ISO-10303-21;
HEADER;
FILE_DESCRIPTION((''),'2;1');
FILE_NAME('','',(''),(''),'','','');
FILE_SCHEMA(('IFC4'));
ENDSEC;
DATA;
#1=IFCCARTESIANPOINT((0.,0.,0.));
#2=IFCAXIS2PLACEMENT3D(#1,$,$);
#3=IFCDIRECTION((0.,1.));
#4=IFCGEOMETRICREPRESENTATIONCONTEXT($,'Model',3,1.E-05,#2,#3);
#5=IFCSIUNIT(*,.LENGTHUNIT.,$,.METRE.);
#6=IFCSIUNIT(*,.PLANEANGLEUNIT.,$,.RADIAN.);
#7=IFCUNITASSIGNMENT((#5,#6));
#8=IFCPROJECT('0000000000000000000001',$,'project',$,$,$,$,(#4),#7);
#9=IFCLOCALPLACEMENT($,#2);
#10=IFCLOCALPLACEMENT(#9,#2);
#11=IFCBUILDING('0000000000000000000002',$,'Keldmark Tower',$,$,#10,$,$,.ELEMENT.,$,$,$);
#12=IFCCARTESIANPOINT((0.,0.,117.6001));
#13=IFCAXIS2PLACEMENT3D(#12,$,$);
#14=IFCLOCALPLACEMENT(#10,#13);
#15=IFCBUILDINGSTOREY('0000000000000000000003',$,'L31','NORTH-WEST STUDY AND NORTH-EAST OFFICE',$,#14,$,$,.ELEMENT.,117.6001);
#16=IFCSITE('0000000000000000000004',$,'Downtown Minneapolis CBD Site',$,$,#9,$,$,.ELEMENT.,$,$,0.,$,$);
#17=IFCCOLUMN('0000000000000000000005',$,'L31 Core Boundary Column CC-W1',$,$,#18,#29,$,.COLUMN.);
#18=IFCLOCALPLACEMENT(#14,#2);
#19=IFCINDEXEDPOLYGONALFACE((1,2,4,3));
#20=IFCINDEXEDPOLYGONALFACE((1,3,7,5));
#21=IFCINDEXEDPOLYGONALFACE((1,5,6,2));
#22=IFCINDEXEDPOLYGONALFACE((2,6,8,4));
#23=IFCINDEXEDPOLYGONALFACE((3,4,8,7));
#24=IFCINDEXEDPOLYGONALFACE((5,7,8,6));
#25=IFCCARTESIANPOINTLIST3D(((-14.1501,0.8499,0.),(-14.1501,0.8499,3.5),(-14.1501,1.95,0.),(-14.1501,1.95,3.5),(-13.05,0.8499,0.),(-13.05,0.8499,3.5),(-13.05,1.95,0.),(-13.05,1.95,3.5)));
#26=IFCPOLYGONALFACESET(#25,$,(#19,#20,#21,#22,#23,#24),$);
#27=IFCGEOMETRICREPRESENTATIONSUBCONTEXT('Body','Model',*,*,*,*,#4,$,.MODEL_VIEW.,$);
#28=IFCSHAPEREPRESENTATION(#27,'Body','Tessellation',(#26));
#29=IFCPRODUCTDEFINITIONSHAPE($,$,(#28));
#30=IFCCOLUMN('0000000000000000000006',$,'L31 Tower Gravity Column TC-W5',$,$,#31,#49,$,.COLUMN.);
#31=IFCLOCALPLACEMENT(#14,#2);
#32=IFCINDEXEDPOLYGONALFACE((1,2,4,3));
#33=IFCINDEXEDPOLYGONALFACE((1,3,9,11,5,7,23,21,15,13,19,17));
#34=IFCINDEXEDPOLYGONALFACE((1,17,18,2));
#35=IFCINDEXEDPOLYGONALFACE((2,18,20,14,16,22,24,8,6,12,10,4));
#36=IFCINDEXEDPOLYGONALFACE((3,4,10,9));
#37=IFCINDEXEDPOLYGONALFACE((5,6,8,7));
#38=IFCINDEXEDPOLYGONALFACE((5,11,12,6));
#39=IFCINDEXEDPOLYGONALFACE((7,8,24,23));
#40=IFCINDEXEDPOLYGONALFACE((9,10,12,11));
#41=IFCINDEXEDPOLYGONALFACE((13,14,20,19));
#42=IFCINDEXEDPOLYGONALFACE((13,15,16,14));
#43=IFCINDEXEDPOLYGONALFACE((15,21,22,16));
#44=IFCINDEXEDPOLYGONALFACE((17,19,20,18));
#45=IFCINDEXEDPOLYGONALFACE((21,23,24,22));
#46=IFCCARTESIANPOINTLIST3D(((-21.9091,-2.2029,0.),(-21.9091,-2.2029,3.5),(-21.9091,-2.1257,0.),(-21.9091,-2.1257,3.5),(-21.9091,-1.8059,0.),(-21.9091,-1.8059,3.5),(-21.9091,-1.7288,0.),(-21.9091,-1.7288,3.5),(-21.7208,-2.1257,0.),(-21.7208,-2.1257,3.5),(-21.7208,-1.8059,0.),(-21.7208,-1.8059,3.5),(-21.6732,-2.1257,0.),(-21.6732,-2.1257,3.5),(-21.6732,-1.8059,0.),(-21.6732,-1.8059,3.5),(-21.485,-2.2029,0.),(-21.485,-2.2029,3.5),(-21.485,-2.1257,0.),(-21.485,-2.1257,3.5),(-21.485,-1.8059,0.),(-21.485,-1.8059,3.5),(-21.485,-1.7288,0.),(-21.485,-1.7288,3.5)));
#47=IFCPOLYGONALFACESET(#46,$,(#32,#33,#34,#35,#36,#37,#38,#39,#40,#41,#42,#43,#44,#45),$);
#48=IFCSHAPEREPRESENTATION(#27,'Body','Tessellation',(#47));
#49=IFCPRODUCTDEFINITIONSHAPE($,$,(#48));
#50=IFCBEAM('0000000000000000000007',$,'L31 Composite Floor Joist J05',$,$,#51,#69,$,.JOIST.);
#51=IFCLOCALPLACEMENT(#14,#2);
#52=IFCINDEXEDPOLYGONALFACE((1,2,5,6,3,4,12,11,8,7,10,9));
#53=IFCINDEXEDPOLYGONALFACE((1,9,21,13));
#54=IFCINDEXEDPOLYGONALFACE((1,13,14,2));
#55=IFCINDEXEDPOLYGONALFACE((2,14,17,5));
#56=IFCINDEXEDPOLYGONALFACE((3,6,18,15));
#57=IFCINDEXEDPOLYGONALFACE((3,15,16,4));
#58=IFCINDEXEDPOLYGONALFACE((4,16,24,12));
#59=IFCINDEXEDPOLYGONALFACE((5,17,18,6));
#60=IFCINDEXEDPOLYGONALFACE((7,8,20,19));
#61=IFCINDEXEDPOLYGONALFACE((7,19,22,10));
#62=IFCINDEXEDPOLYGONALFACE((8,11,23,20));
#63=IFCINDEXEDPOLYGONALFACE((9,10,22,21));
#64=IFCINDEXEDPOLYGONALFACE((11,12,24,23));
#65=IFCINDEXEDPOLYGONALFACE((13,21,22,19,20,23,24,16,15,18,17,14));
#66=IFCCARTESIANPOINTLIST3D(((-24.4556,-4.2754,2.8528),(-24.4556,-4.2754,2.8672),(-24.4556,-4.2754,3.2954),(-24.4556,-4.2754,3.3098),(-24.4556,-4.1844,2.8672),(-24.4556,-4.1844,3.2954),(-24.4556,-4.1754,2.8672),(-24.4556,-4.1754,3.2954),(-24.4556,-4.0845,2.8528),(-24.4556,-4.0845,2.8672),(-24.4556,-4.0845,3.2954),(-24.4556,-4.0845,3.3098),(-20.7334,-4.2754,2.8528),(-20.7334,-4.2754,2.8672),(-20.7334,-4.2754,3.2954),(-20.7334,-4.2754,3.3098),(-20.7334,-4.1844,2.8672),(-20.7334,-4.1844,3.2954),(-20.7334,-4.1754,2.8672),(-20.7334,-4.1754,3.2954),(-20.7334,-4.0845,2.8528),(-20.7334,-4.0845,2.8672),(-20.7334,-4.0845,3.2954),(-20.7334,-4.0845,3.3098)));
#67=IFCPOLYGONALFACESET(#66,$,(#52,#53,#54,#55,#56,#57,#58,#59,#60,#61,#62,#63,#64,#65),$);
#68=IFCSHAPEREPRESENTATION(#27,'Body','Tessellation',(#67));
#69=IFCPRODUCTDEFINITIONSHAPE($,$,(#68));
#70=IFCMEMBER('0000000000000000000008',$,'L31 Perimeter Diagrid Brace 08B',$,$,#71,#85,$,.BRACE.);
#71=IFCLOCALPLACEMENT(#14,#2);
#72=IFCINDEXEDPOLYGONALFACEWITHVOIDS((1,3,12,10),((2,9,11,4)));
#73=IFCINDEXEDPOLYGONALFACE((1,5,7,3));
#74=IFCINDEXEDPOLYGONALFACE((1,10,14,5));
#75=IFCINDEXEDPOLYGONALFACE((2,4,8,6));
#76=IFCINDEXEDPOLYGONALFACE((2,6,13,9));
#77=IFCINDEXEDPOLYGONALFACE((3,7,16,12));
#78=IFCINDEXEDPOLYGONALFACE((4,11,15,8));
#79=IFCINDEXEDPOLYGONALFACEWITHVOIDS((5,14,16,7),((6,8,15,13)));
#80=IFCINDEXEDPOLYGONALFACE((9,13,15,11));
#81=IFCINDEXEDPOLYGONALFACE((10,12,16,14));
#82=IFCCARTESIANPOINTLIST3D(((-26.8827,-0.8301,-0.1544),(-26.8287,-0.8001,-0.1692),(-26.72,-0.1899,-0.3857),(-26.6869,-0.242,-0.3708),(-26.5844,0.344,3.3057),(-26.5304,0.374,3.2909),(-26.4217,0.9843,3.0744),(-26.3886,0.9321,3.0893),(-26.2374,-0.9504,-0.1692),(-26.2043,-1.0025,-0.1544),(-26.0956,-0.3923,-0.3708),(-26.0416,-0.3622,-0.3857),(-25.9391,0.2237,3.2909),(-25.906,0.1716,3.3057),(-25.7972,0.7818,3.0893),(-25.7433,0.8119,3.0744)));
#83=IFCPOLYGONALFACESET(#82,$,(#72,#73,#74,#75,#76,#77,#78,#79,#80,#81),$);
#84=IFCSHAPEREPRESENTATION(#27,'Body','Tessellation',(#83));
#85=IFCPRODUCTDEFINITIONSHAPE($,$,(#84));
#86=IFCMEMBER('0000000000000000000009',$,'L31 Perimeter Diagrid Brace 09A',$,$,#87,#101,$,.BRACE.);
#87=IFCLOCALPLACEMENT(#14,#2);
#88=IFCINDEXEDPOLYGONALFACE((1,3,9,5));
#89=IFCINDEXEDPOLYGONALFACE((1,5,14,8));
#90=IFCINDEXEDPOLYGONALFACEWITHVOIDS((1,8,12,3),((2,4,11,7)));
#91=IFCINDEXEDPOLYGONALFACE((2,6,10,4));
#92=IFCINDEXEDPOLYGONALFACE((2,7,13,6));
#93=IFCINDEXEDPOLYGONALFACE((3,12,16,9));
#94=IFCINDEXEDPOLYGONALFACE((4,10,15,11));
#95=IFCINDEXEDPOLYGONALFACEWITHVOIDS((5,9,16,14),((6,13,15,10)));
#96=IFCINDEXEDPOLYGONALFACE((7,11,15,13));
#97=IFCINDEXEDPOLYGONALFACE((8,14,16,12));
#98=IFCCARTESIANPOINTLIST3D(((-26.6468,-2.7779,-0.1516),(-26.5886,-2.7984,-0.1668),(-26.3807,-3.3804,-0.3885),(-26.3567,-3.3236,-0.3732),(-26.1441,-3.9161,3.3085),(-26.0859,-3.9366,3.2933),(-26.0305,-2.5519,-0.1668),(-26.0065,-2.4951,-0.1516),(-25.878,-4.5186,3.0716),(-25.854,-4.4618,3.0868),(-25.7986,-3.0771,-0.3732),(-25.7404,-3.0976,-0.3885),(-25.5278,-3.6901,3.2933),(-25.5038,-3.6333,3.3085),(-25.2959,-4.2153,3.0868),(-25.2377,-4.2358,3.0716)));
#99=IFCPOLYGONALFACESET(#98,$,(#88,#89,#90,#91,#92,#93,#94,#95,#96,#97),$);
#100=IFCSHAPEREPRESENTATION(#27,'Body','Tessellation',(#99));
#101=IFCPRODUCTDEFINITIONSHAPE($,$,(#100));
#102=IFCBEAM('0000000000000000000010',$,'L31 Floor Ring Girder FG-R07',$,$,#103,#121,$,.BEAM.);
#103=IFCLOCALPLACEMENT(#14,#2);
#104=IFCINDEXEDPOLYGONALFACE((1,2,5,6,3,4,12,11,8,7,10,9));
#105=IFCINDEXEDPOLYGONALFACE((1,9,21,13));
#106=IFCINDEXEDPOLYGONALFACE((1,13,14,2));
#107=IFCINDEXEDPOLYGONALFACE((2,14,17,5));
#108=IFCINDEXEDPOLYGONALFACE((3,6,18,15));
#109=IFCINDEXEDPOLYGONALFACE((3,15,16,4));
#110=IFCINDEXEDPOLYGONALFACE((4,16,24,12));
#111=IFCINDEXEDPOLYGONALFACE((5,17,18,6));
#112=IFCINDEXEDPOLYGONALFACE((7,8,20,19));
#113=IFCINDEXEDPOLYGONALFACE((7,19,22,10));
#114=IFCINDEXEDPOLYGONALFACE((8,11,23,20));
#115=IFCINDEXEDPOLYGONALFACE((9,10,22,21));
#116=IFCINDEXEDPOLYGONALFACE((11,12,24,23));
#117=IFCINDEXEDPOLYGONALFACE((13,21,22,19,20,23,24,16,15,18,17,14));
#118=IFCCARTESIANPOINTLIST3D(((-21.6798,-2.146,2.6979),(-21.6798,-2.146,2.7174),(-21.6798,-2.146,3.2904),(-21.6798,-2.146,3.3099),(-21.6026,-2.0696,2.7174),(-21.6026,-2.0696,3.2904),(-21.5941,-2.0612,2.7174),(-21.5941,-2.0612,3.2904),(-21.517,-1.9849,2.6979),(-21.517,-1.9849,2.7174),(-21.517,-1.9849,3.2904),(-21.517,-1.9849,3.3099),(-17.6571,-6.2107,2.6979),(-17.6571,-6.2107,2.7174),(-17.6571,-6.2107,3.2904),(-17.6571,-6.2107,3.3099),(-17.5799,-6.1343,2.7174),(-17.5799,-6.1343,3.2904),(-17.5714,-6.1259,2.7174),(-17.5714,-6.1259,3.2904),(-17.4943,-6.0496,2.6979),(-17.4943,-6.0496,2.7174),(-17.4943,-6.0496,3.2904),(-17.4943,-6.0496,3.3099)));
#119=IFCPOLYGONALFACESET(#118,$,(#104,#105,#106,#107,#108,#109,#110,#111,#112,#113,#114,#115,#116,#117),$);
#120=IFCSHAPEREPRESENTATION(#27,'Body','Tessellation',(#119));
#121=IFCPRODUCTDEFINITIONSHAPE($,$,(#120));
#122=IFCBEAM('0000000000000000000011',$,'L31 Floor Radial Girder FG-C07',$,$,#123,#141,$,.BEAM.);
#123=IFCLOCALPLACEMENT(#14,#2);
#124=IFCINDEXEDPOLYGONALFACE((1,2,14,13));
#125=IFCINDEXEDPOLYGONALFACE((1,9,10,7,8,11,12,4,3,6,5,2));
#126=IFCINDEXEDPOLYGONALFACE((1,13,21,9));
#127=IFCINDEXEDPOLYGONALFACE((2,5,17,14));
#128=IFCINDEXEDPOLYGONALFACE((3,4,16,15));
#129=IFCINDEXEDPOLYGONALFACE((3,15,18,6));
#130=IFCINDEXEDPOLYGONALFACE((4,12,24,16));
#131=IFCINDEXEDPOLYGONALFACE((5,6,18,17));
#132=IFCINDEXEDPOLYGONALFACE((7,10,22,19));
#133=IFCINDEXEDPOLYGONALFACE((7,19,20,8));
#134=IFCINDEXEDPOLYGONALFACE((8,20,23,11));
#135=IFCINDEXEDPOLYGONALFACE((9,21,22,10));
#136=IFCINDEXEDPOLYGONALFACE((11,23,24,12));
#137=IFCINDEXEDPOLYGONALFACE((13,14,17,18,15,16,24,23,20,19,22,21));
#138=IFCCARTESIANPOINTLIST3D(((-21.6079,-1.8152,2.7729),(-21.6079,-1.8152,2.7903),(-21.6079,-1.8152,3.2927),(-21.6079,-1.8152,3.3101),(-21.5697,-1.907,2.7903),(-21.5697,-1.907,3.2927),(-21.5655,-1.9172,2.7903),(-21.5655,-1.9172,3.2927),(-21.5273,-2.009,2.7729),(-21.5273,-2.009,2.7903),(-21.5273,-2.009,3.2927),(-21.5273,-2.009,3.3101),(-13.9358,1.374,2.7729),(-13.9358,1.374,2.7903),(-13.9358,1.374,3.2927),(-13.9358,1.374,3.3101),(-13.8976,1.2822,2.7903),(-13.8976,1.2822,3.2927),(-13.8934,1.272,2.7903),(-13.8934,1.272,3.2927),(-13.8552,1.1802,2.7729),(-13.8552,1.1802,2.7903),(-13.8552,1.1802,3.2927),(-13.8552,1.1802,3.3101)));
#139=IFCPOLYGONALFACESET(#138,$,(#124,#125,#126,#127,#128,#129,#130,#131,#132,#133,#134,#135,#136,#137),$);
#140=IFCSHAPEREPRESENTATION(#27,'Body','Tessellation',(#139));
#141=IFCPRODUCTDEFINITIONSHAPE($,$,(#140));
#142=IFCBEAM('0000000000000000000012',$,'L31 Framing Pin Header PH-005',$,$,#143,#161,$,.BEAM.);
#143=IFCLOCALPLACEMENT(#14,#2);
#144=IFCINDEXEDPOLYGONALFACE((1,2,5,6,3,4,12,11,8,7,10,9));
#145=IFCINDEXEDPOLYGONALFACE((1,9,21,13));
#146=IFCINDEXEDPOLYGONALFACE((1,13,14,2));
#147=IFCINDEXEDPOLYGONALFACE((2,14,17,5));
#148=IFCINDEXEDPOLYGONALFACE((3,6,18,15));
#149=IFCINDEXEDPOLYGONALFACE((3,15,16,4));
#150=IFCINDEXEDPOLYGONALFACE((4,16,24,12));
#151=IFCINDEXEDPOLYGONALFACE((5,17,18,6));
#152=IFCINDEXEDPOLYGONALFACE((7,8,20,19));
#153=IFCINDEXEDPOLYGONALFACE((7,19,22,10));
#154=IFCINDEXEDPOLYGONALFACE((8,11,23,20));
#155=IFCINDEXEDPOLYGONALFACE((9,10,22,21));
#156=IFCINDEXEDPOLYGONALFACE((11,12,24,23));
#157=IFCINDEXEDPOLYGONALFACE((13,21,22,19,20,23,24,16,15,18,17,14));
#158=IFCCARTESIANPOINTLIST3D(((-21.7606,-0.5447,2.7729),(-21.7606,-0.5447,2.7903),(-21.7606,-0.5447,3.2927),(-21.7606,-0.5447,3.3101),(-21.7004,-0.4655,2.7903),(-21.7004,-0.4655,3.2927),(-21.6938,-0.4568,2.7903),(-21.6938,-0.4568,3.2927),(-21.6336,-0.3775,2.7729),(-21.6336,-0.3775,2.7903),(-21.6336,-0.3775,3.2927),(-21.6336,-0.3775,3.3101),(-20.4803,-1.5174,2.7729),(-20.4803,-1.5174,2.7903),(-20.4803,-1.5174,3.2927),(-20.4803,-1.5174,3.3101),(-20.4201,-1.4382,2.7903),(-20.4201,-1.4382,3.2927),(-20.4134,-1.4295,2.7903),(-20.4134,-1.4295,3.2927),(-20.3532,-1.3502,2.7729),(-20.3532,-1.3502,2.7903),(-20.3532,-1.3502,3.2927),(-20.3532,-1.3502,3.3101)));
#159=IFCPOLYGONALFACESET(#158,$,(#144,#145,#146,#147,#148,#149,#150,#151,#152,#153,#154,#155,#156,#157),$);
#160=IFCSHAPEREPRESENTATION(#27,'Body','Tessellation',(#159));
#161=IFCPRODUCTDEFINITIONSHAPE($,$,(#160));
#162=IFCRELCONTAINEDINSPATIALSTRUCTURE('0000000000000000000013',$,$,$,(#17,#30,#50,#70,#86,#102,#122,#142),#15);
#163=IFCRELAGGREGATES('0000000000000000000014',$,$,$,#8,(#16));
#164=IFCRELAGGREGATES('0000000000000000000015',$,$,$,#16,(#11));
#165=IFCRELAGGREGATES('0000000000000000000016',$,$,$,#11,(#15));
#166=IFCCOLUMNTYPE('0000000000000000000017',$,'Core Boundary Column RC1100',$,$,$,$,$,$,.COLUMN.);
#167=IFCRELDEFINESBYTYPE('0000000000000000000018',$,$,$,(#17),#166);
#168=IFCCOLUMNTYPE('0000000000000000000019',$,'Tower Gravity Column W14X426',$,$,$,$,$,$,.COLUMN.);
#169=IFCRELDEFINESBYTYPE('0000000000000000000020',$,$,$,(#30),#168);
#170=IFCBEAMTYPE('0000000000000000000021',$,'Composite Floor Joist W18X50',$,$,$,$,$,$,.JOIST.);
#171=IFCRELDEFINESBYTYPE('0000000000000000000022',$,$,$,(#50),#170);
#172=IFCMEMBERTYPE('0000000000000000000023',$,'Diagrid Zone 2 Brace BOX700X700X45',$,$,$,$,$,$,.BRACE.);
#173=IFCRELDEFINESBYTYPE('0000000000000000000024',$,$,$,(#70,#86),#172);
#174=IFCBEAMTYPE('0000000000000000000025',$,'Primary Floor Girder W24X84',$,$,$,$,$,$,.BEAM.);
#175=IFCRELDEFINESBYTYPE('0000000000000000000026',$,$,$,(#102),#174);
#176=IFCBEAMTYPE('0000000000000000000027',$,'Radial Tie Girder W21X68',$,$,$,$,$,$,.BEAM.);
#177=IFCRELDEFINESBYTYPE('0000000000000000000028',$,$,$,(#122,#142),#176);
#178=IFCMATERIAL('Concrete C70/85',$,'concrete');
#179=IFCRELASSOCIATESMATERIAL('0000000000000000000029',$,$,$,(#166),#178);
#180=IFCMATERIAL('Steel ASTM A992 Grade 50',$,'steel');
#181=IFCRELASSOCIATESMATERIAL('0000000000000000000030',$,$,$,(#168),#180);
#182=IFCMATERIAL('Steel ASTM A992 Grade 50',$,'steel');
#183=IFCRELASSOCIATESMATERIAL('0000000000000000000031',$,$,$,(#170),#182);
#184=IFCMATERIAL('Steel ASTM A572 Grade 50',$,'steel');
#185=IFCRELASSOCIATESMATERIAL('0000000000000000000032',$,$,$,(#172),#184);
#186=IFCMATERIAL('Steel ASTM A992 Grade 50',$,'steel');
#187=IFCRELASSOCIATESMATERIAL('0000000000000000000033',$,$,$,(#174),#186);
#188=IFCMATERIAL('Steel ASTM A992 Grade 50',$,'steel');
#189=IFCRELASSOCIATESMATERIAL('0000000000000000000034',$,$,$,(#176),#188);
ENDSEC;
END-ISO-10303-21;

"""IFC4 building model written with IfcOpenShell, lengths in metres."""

from ifc_helpers import new_model, si_unit, direction, frame, origin, origin_2d, place, context, subcontext, project, spatial, rectangle, hollow_rectangle, i_section, extrude, material, material_profile, profile_set, type_object, element, save


model = new_model("IFC4")

# Units and contexts
model_context = context("Model", 3, precision=1e-05, world=origin(), true_north=direction((0.0, 1.0)))
body_context = subcontext(model_context, "Body", "Model", "MODEL_VIEW")
ifc_project = project(units=[si_unit("LENGTHUNIT", "METRE"), si_unit("PLANEANGLEUNIT", "RADIAN")], contexts=[model_context])

# Site, building, storey
site_placement = place(None, origin())
site = spatial("IfcSite", under=ifc_project, at=site_placement, Name="Downtown Minneapolis CBD Site", CompositionType="ELEMENT", RefElevation=0.0)
building_placement = place(site_placement, origin())
building = spatial("IfcBuilding", under=site, at=building_placement, Name="Keldmark Tower", CompositionType="ELEMENT")
storey_placement = place(building_placement, frame((0.0, 0.0, 117.6001)))
storey = spatial("IfcBuildingStorey", under=building, at=storey_placement, Name="L31", Description="NORTH-WEST STUDY AND NORTH-EAST OFFICE", CompositionType="ELEMENT", Elevation=117.6001)

# Columns
ifc_material_1 = material(Name="Concrete C70/85", Category="concrete")
ifc_material_profile_1 = material_profile(ifc_material_1, rectangle(XDim=1.1001, YDim=1.1001, at=origin_2d()), Name="RC1100X1100")
ifc_profile_set_1 = profile_set([ifc_material_profile_1], Name="Concrete C70/85")
column_type_1 = type_object("IfcColumnType", Name="Core Boundary Column RC1100", PredefinedType="COLUMN", material=ifc_profile_set_1)
column_1_placement = place(storey_placement, frame((-13.6001, 1.3999, 0.0), z_axis=(0.0, 0.0, 1.0), x_axis=(1.0, 0.0, 0.0)))
element("IfcColumn", 1, at=column_1_placement, inside=storey, type_object=column_type_1, Name="L31 Core Boundary Column CC-W1", PredefinedType="COLUMN", context=body_context, shape_type="SweptSolid", body=[
    extrude(rectangle(XDim=1.1001, YDim=1.1001, at=origin_2d()), origin(), (0.0, 0.0, 1.0), 3.5),
])
ifc_material_2 = material(Name="Steel ASTM A992 Grade 50", Category="steel")
ifc_material_profile_2 = material_profile(ifc_material_2, i_section(OverallWidth=0.4241, OverallDepth=0.4741, WebThickness=0.0476, FlangeThickness=0.0771, at=origin_2d()), Name="W14X426")
ifc_profile_set_2 = profile_set([ifc_material_profile_2], Name="Steel ASTM A992 Grade 50")
column_type_2 = type_object("IfcColumnType", Name="Tower Gravity Column W14X426", PredefinedType="COLUMN", material=ifc_profile_set_2)
column_2_placement = place(storey_placement, frame((-21.697, -1.9658, 0.0), z_axis=(0.0, 0.0, 1.0), x_axis=(1.0, 0.0, 0.0)))
element("IfcColumn", 2, at=column_2_placement, inside=storey, type_object=column_type_2, Name="L31 Tower Gravity Column TC-W5", PredefinedType="COLUMN", context=body_context, shape_type="SweptSolid", body=[
    extrude(i_section(OverallWidth=0.4241, OverallDepth=0.4741, WebThickness=0.0476, FlangeThickness=0.0771, at=origin_2d()), origin(), (0.0, 0.0, 1.0), 3.5),
])

# Beam
ifc_material_3 = material(Name="Steel ASTM A992 Grade 50", Category="steel")
ifc_material_profile_3 = material_profile(ifc_material_3, i_section(OverallWidth=0.1909, OverallDepth=0.457, WebThickness=0.009, FlangeThickness=0.0144, at=origin_2d()), Name="W18X50")
ifc_profile_set_3 = profile_set([ifc_material_profile_3], Name="Steel ASTM A992 Grade 50")
beam_type_1 = type_object("IfcBeamType", Name="Composite Floor Joist W18X50", PredefinedType="JOIST", material=ifc_profile_set_3)
beam_1_placement = place(storey_placement, frame((-24.4556, -4.1799, 3.0813), z_axis=(1.0, 0.0, 0.0), x_axis=(0.0, 1.0, 0.0)))
element("IfcBeam", 3, at=beam_1_placement, inside=storey, type_object=beam_type_1, Name="L31 Composite Floor Joist J05", PredefinedType="JOIST", context=body_context, shape_type="SweptSolid", body=[
    extrude(i_section(OverallWidth=0.1909, OverallDepth=0.457, WebThickness=0.009, FlangeThickness=0.0144, at=origin_2d()), origin(), (0.0, 0.0, 1.0), 3.7222),
])

# Members
ifc_material_4 = material(Name="Steel ASTM A572 Grade 50", Category="steel")
ifc_material_profile_4 = material_profile(ifc_material_4, hollow_rectangle(XDim=0.7, YDim=0.7, WallThickness=0.0449, at=origin_2d()), Name="BOX700X700X45")
ifc_profile_set_4 = profile_set([ifc_material_profile_4], Name="Steel ASTM A572 Grade 50")
member_type = type_object("IfcMemberType", Name="Diagrid Zone 2 Brace BOX700X700X45", PredefinedType="BRACE", material=ifc_profile_set_4)
member_1_placement = place(storey_placement, frame((-26.4622, -0.5962, -0.27), z_axis=(0.081383, 0.320269, 0.943824), x_axis=(-0.969199, 0.24628, 0.0)))
element("IfcMember", 4, at=member_1_placement, inside=storey, type_object=member_type, Name="L31 Perimeter Diagrid Brace 08B", PredefinedType="BRACE", context=body_context, shape_type="SweptSolid", body=[
    extrude(hollow_rectangle(XDim=0.7, YDim=0.7, WallThickness=0.0449, at=origin_2d()), origin(), (0.0, 0.0, 1.0), 3.666),
])
member_2_placement = place(storey_placement, frame((-26.1936, -2.9377, -0.27), z_axis=(0.136715, -0.309551, 0.941003), x_axis=(0.914756, 0.404007, 0.0)))
element("IfcMember", 5, at=member_2_placement, inside=storey, type_object=member_type, Name="L31 Perimeter Diagrid Brace 09A", PredefinedType="BRACE", context=body_context, shape_type="SweptSolid", body=[
    extrude(hollow_rectangle(XDim=0.7, YDim=0.7, WallThickness=0.0449, at=origin_2d()), origin(), (0.0, 0.0, 1.0), 3.677),
])

# Beams
ifc_material_5 = material(Name="Steel ASTM A992 Grade 50", Category="steel")
ifc_material_profile_5 = material_profile(ifc_material_5, i_section(OverallWidth=0.229, OverallDepth=0.6121, WebThickness=0.012, FlangeThickness=0.0195, at=origin_2d()), Name="W24X84")
ifc_profile_set_5 = profile_set([ifc_material_profile_5], Name="Steel ASTM A992 Grade 50")
beam_type_2 = type_object("IfcBeamType", Name="Primary Floor Girder W24X84", PredefinedType="BEAM", material=ifc_profile_set_5)
beam_2_placement = place(storey_placement, frame((-21.5984, -2.0654, 3.0039), z_axis=(0.703426, -0.710769, 0.0), x_axis=(0.710769, 0.703426, 0.0)))
element("IfcBeam", 6, at=beam_2_placement, inside=storey, type_object=beam_type_2, Name="L31 Floor Ring Girder FG-R07", PredefinedType="BEAM", context=body_context, shape_type="SweptSolid", body=[
    extrude(i_section(OverallWidth=0.229, OverallDepth=0.6121, WebThickness=0.012, FlangeThickness=0.0195, at=origin_2d()), origin(), (0.0, 0.0, 1.0), 5.7188),
])
ifc_material_6 = material(Name="Steel ASTM A992 Grade 50", Category="steel")
ifc_material_profile_6 = material_profile(ifc_material_6, i_section(OverallWidth=0.21, OverallDepth=0.5371, WebThickness=0.011, FlangeThickness=0.0173, at=origin_2d()), Name="W21X68")
ifc_profile_set_6 = profile_set([ifc_material_profile_6], Name="Steel ASTM A992 Grade 50")
beam_type_3 = type_object("IfcBeamType", Name="Radial Tie Girder W21X68", PredefinedType="BEAM", material=ifc_profile_set_6)
beam_3_placement = place(storey_placement, frame((-21.5676, -1.9121, 3.0415), z_axis=(0.923397, 0.383845, 0.0), x_axis=(-0.383845, 0.923397, 0.0)))
element("IfcBeam", 7, at=beam_3_placement, inside=storey, type_object=beam_type_3, Name="L31 Floor Radial Girder FG-C07", PredefinedType="BEAM", context=body_context, shape_type="SweptSolid", body=[
    extrude(i_section(OverallWidth=0.21, OverallDepth=0.5371, WebThickness=0.011, FlangeThickness=0.0173, at=origin_2d()), origin(), (0.0, 0.0, 1.0), 8.3086),
])
beam_4_placement = place(storey_placement, frame((-20.4167, -1.4338, 3.0415), z_axis=(-0.796268, 0.604945, 0.0), x_axis=(-0.604945, -0.796268, 0.0)))
element("IfcBeam", 8, at=beam_4_placement, inside=storey, type_object=beam_type_3, Name="L31 Framing Pin Header PH-005", PredefinedType="BEAM", context=body_context, shape_type="SweptSolid", body=[
    extrude(i_section(OverallWidth=0.21, OverallDepth=0.5371, WebThickness=0.011, FlangeThickness=0.0173, at=origin_2d()), origin(), (0.0, 0.0, 1.0), 1.6079),
])

save(model, "model.ifc")
